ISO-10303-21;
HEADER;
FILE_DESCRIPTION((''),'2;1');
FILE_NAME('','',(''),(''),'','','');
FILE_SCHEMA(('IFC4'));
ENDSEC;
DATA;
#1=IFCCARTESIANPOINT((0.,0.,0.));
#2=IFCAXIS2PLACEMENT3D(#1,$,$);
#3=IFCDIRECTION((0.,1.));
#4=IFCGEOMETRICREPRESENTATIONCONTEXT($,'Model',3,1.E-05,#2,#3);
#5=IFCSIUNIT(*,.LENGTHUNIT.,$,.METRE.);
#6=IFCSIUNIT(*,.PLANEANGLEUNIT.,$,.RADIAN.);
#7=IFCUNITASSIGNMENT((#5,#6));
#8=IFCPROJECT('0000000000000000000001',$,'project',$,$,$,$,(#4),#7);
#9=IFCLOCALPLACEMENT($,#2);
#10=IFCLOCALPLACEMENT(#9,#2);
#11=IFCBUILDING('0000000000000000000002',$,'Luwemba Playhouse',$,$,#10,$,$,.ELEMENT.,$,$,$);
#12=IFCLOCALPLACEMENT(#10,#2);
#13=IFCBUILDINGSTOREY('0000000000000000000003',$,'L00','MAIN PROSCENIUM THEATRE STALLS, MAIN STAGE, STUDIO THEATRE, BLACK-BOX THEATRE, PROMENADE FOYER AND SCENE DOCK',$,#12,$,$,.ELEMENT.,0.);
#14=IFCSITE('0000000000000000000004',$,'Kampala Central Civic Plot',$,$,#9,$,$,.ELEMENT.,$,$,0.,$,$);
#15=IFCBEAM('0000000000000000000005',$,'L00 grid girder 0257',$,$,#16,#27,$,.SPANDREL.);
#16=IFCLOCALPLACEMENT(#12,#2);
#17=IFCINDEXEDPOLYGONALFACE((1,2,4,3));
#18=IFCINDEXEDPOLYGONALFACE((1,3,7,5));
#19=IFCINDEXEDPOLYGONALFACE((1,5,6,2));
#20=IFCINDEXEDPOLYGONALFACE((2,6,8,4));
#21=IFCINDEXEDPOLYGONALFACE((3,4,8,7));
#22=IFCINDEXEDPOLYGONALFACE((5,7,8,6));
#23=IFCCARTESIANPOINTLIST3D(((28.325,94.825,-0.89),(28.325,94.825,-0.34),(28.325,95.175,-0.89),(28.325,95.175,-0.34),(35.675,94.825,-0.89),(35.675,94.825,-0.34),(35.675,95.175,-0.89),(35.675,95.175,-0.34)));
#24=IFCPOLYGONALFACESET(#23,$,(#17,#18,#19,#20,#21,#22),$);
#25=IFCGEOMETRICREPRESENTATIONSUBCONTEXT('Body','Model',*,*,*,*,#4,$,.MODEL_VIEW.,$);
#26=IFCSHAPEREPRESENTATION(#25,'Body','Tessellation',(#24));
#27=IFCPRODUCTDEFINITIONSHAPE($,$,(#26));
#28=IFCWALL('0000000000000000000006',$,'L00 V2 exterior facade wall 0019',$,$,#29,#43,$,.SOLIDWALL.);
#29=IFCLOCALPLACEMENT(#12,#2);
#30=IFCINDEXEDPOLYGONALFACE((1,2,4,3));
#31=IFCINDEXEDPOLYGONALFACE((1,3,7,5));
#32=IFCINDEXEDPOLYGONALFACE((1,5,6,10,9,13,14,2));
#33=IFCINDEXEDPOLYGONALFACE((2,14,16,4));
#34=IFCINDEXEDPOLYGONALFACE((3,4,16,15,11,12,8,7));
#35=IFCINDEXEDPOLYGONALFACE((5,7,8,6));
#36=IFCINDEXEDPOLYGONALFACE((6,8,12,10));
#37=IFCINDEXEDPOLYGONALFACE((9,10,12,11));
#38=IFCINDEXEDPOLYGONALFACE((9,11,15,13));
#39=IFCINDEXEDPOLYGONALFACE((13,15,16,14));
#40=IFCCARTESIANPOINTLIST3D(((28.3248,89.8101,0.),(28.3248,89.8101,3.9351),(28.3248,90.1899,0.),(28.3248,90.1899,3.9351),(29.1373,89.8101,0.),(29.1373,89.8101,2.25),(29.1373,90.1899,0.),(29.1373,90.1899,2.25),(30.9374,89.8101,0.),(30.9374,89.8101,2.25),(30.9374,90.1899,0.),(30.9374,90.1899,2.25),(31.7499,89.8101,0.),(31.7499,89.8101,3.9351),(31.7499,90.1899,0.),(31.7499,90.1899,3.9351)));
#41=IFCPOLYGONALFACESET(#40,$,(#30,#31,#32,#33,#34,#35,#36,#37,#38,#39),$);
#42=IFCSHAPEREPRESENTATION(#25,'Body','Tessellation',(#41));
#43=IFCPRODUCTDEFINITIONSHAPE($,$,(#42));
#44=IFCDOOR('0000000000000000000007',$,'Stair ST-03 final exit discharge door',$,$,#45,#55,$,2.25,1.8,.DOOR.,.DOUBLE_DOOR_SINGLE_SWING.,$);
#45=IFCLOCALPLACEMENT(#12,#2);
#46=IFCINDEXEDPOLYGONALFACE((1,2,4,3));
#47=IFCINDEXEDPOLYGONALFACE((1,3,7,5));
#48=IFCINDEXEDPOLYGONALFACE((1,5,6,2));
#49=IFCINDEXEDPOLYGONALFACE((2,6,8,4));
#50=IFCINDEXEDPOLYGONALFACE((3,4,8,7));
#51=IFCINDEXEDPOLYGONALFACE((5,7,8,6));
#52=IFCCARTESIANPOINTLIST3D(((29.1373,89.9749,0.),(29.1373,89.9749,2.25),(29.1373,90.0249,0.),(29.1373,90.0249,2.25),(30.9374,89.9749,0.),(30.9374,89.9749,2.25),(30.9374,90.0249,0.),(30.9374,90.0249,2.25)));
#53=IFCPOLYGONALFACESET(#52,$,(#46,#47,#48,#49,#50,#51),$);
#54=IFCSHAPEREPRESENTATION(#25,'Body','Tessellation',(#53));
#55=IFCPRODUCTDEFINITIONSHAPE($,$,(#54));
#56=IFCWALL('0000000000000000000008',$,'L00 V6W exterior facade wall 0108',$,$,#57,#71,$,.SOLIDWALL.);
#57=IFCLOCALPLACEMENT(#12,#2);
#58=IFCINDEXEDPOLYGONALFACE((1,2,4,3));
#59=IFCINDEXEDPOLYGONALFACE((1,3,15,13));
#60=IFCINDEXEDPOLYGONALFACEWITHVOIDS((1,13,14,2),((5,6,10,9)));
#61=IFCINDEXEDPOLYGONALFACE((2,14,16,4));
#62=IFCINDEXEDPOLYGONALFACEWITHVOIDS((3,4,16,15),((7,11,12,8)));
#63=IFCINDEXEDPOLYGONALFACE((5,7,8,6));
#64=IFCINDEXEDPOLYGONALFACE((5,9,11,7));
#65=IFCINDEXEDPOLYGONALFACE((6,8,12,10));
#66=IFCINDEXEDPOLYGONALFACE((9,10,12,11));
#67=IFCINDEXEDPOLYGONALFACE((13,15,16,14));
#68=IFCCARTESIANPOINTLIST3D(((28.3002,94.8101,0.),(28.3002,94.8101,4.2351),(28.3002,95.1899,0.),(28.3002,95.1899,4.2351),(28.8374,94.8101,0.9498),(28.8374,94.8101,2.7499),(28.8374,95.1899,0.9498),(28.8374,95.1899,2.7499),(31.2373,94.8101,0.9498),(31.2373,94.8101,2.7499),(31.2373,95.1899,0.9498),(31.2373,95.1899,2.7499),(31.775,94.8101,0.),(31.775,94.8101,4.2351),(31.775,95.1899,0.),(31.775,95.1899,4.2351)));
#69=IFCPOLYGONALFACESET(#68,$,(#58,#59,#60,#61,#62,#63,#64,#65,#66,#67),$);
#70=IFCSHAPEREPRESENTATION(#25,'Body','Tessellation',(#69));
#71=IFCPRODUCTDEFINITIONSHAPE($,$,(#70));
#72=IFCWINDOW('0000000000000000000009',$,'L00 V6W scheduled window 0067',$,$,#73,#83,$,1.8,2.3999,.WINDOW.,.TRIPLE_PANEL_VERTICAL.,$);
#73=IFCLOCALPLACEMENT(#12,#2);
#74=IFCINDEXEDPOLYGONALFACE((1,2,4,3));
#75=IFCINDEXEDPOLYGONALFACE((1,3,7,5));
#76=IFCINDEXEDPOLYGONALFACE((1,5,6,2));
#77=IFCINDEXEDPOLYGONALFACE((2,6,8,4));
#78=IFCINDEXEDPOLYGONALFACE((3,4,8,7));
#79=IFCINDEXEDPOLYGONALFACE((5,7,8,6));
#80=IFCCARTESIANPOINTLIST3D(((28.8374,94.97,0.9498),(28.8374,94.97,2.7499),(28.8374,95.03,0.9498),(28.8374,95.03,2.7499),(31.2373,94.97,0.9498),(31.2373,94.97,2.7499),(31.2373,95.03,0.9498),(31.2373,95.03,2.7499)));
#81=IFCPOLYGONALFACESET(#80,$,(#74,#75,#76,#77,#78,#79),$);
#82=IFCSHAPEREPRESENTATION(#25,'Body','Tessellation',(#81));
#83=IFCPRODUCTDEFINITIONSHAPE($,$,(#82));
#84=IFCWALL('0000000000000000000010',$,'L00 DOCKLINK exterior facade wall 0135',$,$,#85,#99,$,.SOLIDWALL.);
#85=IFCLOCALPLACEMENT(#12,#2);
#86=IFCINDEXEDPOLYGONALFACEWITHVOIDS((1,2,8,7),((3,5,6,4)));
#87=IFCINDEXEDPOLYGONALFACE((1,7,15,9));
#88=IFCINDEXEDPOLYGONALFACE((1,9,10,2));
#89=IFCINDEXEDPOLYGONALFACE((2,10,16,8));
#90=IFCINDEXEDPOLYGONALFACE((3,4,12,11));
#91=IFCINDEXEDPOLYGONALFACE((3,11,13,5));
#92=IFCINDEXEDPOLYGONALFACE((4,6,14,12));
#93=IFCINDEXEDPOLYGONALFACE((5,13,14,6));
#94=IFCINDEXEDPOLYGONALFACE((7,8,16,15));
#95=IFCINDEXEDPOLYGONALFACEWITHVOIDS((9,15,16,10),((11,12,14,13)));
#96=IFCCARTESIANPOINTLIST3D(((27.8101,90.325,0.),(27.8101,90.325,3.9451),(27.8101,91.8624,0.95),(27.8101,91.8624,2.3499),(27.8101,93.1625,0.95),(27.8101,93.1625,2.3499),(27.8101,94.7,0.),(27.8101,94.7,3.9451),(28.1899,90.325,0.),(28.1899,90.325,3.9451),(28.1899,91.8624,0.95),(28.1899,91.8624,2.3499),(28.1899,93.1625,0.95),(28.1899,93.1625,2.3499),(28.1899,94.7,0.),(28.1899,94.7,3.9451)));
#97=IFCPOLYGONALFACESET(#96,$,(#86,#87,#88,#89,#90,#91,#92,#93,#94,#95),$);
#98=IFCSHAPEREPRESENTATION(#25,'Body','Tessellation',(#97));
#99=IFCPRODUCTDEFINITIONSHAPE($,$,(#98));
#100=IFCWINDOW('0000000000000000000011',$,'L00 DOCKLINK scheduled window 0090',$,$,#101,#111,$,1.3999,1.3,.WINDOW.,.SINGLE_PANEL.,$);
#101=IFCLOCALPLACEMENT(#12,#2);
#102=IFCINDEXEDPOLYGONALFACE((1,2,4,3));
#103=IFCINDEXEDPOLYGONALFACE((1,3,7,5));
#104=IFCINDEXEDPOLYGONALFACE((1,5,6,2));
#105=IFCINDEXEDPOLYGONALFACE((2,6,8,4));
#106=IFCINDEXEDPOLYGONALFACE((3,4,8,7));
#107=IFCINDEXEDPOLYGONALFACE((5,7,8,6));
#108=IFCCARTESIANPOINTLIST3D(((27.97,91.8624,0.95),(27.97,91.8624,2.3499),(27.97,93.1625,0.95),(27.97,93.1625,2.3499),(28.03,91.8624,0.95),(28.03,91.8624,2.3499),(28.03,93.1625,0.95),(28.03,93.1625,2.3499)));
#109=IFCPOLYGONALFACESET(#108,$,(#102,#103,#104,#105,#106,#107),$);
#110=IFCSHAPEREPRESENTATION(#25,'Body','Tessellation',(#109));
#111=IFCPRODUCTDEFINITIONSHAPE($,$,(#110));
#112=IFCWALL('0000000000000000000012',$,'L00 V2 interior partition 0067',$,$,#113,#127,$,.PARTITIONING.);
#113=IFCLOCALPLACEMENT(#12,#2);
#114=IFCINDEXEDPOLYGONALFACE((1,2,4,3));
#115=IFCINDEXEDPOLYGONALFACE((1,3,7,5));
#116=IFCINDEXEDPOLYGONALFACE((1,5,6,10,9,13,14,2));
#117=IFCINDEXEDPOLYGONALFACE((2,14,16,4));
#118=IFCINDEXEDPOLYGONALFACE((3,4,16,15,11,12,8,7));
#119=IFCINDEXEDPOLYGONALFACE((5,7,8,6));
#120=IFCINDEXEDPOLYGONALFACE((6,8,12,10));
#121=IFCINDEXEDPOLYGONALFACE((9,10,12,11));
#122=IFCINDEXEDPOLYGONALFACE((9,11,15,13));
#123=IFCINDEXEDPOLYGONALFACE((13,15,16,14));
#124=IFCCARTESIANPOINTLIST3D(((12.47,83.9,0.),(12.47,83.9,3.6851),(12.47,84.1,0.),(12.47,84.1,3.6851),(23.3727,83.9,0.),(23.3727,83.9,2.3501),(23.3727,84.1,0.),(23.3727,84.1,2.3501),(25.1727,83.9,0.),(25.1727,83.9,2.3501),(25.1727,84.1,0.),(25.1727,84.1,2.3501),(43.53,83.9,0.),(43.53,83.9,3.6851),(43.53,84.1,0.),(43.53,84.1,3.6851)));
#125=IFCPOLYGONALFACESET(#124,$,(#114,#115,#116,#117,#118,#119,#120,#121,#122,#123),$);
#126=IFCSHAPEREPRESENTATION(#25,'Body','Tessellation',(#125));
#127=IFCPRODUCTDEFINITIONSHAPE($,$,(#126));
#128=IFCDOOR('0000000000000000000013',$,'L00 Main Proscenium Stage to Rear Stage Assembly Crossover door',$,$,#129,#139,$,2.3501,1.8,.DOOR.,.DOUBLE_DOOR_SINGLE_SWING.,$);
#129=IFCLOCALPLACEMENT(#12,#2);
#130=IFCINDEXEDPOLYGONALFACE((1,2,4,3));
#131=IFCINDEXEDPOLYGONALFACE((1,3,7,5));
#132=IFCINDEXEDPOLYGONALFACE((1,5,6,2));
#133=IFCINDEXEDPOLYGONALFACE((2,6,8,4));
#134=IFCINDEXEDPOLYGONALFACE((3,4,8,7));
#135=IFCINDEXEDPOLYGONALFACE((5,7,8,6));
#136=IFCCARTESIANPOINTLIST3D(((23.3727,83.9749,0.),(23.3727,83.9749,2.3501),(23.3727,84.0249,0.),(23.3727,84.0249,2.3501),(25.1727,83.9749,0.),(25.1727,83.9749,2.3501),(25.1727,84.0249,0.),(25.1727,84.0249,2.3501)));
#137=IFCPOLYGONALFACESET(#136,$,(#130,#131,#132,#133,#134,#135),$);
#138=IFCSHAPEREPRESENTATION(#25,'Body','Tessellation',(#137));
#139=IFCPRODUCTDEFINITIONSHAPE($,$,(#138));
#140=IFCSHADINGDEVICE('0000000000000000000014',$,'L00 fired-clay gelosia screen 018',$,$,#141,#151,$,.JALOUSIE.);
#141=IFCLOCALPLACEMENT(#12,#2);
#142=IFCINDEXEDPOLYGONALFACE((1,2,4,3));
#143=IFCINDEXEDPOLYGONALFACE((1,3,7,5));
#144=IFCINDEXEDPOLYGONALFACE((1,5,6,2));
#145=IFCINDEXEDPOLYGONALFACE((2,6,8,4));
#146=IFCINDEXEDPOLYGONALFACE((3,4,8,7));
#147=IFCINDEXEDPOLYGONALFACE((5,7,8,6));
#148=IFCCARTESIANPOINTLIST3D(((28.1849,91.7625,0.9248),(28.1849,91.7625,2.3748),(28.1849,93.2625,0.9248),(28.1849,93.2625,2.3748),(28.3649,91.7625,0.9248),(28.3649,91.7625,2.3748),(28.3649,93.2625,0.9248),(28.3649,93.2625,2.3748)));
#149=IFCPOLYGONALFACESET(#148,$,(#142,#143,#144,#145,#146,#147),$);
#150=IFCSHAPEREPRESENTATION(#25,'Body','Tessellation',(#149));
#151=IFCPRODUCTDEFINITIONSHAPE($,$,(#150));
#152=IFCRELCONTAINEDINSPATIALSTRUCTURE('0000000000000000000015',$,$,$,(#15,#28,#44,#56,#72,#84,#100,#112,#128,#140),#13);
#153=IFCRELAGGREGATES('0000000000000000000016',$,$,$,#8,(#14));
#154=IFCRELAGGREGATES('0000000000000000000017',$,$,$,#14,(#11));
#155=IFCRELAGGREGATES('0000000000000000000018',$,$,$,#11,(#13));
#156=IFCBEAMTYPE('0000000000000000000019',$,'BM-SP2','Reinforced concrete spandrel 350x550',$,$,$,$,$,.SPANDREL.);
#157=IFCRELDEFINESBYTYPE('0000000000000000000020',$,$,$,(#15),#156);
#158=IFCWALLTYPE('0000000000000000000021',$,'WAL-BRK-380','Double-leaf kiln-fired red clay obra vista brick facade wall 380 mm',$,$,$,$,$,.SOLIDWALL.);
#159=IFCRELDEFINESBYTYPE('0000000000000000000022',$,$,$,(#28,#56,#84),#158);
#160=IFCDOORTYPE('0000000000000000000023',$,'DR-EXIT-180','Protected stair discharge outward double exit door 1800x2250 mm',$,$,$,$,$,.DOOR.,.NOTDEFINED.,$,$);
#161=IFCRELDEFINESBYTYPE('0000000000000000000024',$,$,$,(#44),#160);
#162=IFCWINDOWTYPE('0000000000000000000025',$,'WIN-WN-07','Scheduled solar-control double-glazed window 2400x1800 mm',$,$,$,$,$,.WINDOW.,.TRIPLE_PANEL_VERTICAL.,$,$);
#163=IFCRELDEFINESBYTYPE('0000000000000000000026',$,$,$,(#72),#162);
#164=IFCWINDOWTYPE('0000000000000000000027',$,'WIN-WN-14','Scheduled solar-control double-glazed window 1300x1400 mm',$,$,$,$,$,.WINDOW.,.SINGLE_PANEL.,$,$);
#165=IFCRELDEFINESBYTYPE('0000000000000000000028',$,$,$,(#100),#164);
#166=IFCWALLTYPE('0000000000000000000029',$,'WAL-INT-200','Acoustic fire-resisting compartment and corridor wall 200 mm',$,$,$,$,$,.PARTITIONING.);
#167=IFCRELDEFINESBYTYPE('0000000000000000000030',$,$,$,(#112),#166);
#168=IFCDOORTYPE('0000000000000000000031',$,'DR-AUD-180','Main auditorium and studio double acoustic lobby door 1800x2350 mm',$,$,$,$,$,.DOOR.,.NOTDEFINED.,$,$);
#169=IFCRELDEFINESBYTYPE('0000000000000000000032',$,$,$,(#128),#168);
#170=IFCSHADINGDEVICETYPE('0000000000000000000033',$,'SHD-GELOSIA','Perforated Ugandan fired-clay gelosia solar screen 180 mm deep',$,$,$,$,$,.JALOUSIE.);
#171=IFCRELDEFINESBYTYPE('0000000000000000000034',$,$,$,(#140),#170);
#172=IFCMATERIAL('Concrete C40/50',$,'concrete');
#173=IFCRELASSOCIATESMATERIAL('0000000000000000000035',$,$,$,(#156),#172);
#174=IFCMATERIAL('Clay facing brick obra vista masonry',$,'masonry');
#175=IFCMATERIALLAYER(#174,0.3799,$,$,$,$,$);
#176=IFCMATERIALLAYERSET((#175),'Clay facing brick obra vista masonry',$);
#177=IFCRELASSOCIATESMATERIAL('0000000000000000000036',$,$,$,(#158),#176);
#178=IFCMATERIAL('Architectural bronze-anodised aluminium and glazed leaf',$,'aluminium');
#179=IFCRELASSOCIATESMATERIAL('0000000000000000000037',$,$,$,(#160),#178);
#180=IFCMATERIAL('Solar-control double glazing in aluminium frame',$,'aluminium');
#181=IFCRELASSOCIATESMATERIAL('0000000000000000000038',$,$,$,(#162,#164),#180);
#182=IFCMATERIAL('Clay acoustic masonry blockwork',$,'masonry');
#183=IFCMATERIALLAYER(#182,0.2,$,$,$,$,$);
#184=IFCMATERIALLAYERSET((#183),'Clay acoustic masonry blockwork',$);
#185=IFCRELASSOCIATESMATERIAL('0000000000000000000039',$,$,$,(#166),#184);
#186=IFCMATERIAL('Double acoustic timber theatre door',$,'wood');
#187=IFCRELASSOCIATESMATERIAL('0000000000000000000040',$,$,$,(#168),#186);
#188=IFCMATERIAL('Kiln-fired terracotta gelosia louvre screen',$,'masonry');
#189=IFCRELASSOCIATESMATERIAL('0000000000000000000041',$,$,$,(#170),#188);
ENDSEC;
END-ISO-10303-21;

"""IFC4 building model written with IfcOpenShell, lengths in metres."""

from ifc_helpers import new_model, si_unit, direction, frame, frame_2d, origin, origin_2d, place, context, subcontext, project, spatial, rectangle, extrude, material, layer, layer_set, material_profile, profile_set, type_object, element, fill, save


model = new_model("IFC4")

# Units and contexts
model_context = context("Model", 3, precision=1e-05, world=origin(), true_north=direction((0.0, 1.0)))
body_context = subcontext(model_context, "Body", "Model", "MODEL_VIEW")
ifc_project = project(units=[si_unit("LENGTHUNIT", "METRE"), si_unit("PLANEANGLEUNIT", "RADIAN")], contexts=[model_context])

# Site, building, storey
site_placement = place(None, origin())
site = spatial("IfcSite", under=ifc_project, at=site_placement, Name="Kampala Central Civic Plot", CompositionType="ELEMENT", RefElevation=0.0)
building_placement = place(site_placement, origin())
building = spatial("IfcBuilding", under=site, at=building_placement, Name="Luwemba Playhouse", CompositionType="ELEMENT")
storey_placement = place(building_placement, origin())
storey = spatial("IfcBuildingStorey", under=building, at=storey_placement, Name="L00", Description="MAIN PROSCENIUM THEATRE STALLS, MAIN STAGE, STUDIO THEATRE, BLACK-BOX THEATRE, PROMENADE FOYER AND SCENE DOCK", CompositionType="ELEMENT", Elevation=0.0)

# Shared definitions
ifc_material_1 = material(Name="Concrete C40/50", Category="concrete")

# Beam
ifc_material_profile_1 = material_profile(ifc_material_1, rectangle(XDim=0.3501, YDim=0.55, at=origin_2d()))
ifc_profile_set_1 = profile_set([ifc_material_profile_1], Name="Concrete C40/50")
beam_type_1 = type_object("IfcBeamType", Name="BM-SP2", Description="Reinforced concrete spandrel 350x550", PredefinedType="SPANDREL", material=ifc_profile_set_1)
beam_1_placement = place(storey_placement, frame((28.325, 95.0, -0.615), z_axis=(1.0, 0.0, 0.0), x_axis=(0.0, 1.0, 0.0)))
element("IfcBeam", 1, at=beam_1_placement, inside=storey, type_object=beam_type_1, Name="L00 grid girder 0257", PredefinedType="SPANDREL", context=body_context, shape_type="SweptSolid", body=[
    extrude(rectangle(XDim=0.3501, YDim=0.55, at=origin_2d()), origin(), (0.0, 0.0, 1.0), 7.3501),
])

# Wall, opening, door
ifc_material_2 = material(Name="Clay facing brick obra vista masonry", Category="masonry")
ifc_layer_1 = layer(ifc_material_2, 0.3799)
ifc_layer_set_1 = layer_set([ifc_layer_1], Name="Clay facing brick obra vista masonry")
wall_type_1 = type_object("IfcWallType", Name="WAL-BRK-380", Description="Double-leaf kiln-fired red clay obra vista brick facade wall 380 mm", PredefinedType="SOLIDWALL", material=ifc_layer_set_1)
wall_1_placement = place(storey_placement, frame((28.325, 90.0, 0.0), z_axis=(0.0, 0.0, 1.0), x_axis=(1.0, 0.0, 0.0)))
wall_1 = element("IfcWall", 2, at=wall_1_placement, inside=storey, type_object=wall_type_1, Name="L00 V2 exterior facade wall 0019", PredefinedType="SOLIDWALL", context=body_context, shape_type="SweptSolid", body=[
    extrude(rectangle(XDim=3.425, YDim=0.3799, at=frame_2d((1.7124, 0.0))), origin(), (0.0, 0.0, 1.0), 3.9351),
])
opening_1_placement = place(wall_1_placement, frame((0.8125, 0.0, 0.0)))
opening_1 = element("IfcOpeningElement", 3, at=opening_1_placement, cuts=wall_1, PredefinedType="OPENING", context=body_context, shape_type="SweptSolid", body=[
    extrude(rectangle(XDim=1.8, YDim=2.25, at=frame_2d((0.8999, 1.125))), frame((0.0, 0.2, 0.0), z_axis=(0.0, -1.0, 0.0), x_axis=(1.0, 0.0, 0.0)), (0.0, 0.0, 1.0), 0.3999),
])
ifc_material_3 = material(Name="Architectural bronze-anodised aluminium and glazed leaf", Category="aluminium")
door_type_1 = type_object("IfcDoorType", Name="DR-EXIT-180", Description="Protected stair discharge outward double exit door 1800x2250 mm", OperationType="NOTDEFINED", PredefinedType="DOOR", material=ifc_material_3)
door_1_placement = place(opening_1_placement, origin())
door_1 = element("IfcDoor", 4, at=door_1_placement, inside=storey, type_object=door_type_1, Name="Stair ST-03 final exit discharge door", OperationType="DOUBLE_DOOR_SINGLE_SWING", OverallHeight=2.25, OverallWidth=1.8, PredefinedType="DOOR", context=body_context, shape_type="SweptSolid", body=[
    extrude(rectangle(XDim=1.8, YDim=2.25, at=frame_2d((0.8999, 1.125))), frame((0.0, 0.0249, 0.0), z_axis=(0.0, -1.0, 0.0), x_axis=(1.0, 0.0, 0.0)), (0.0, 0.0, 1.0), 0.05),
])
fill(opening_1, door_1)

# Walls, openings, windows
wall_2_placement = place(storey_placement, frame((31.7749, 95.0, 0.0), z_axis=(0.0, 0.0, 1.0), x_axis=(-1.0, 0.0, 0.0)))
wall_2 = element("IfcWall", 5, at=wall_2_placement, inside=storey, type_object=wall_type_1, Name="L00 V6W exterior facade wall 0108", PredefinedType="SOLIDWALL", context=body_context, shape_type="SweptSolid", body=[
    extrude(rectangle(XDim=3.4749, YDim=0.3799, at=frame_2d((1.7373, 0.0))), origin(), (0.0, 0.0, 1.0), 4.2351),
])
opening_2_placement = place(wall_2_placement, frame((0.5376, 0.0, 0.95)))
opening_2 = element("IfcOpeningElement", 6, at=opening_2_placement, cuts=wall_2, PredefinedType="OPENING", context=body_context, shape_type="SweptSolid", body=[
    extrude(rectangle(XDim=2.3999, YDim=1.8, at=frame_2d((1.2, 0.8999))), frame((0.0, 0.2, 0.0), z_axis=(0.0, -1.0, 0.0), x_axis=(1.0, 0.0, 0.0)), (0.0, 0.0, 1.0), 0.3999),
])
ifc_material_4 = material(Name="Solar-control double glazing in aluminium frame", Category="aluminium")
window_type_1 = type_object("IfcWindowType", Name="WIN-WN-07", Description="Scheduled solar-control double-glazed window 2400x1800 mm", PartitioningType="TRIPLE_PANEL_VERTICAL", PredefinedType="WINDOW", material=ifc_material_4)
window_1_placement = place(opening_2_placement, origin())
window_1 = element("IfcWindow", 7, at=window_1_placement, inside=storey, type_object=window_type_1, Name="L00 V6W scheduled window 0067", OverallHeight=1.8, OverallWidth=2.3999, PartitioningType="TRIPLE_PANEL_VERTICAL", PredefinedType="WINDOW", context=body_context, shape_type="SweptSolid", body=[
    extrude(rectangle(XDim=2.3999, YDim=1.8, at=frame_2d((1.2, 0.8999))), frame((0.0, 0.03, 0.0), z_axis=(0.0, -1.0, 0.0), x_axis=(1.0, 0.0, 0.0)), (0.0, 0.0, 1.0), 0.0601),
])
fill(opening_2, window_1)
wall_3_placement = place(storey_placement, frame((28.0, 94.7, 0.0), z_axis=(0.0, 0.0, 1.0), x_axis=(0.0, -1.0, 0.0)))
wall_3 = element("IfcWall", 8, at=wall_3_placement, inside=storey, type_object=wall_type_1, Name="L00 DOCKLINK exterior facade wall 0135", PredefinedType="SOLIDWALL", context=body_context, shape_type="SweptSolid", body=[
    extrude(rectangle(XDim=4.375, YDim=0.3799, at=frame_2d((2.1875, 0.0))), origin(), (0.0, 0.0, 1.0), 3.9451),
])
opening_3_placement = place(wall_3_placement, frame((1.5376, 0.0, 0.95)))
opening_3 = element("IfcOpeningElement", 9, at=opening_3_placement, cuts=wall_3, PredefinedType="OPENING", context=body_context, shape_type="SweptSolid", body=[
    extrude(rectangle(XDim=1.3, YDim=1.3999, at=frame_2d((0.6499, 0.7))), frame((0.0, 0.2, 0.0), z_axis=(0.0, -1.0, 0.0), x_axis=(1.0, 0.0, 0.0)), (0.0, 0.0, 1.0), 0.3999),
])
window_type_2 = type_object("IfcWindowType", Name="WIN-WN-14", Description="Scheduled solar-control double-glazed window 1300x1400 mm", PartitioningType="SINGLE_PANEL", PredefinedType="WINDOW", material=ifc_material_4)
window_2_placement = place(opening_3_placement, origin())
window_2 = element("IfcWindow", 10, at=window_2_placement, inside=storey, type_object=window_type_2, Name="L00 DOCKLINK scheduled window 0090", OverallHeight=1.3999, OverallWidth=1.3, PartitioningType="SINGLE_PANEL", PredefinedType="WINDOW", context=body_context, shape_type="SweptSolid", body=[
    extrude(rectangle(XDim=1.3, YDim=1.3999, at=frame_2d((0.6499, 0.7))), frame((0.0, 0.03, 0.0), z_axis=(0.0, -1.0, 0.0), x_axis=(1.0, 0.0, 0.0)), (0.0, 0.0, 1.0), 0.0601),
])
fill(opening_3, window_2)

# Wall, opening, door
ifc_material_5 = material(Name="Clay acoustic masonry blockwork", Category="masonry")
ifc_layer_2 = layer(ifc_material_5, 0.2)
ifc_layer_set_2 = layer_set([ifc_layer_2], Name="Clay acoustic masonry blockwork")
wall_type_2 = type_object("IfcWallType", Name="WAL-INT-200", Description="Acoustic fire-resisting compartment and corridor wall 200 mm", PredefinedType="PARTITIONING", material=ifc_layer_set_2)
wall_4_placement = place(storey_placement, frame((12.47, 84.0, 0.0), z_axis=(0.0, 0.0, 1.0), x_axis=(1.0, 0.0, 0.0)))
wall_4 = element("IfcWall", 11, at=wall_4_placement, inside=storey, type_object=wall_type_2, Name="L00 V2 interior partition 0067", PredefinedType="PARTITIONING", context=body_context, shape_type="SweptSolid", body=[
    extrude(rectangle(XDim=31.0601, YDim=0.2, at=frame_2d((15.53, 0.0))), origin(), (0.0, 0.0, 1.0), 3.6851),
])
opening_4_placement = place(wall_4_placement, frame((10.9028, 0.0, 0.0)))
opening_4 = element("IfcOpeningElement", 12, at=opening_4_placement, cuts=wall_4, PredefinedType="OPENING", context=body_context, shape_type="SweptSolid", body=[
    extrude(rectangle(XDim=1.8, YDim=2.3501, at=frame_2d((0.8999, 1.175))), frame((0.0, 0.1099, 0.0), z_axis=(0.0, -1.0, 0.0), x_axis=(1.0, 0.0, 0.0)), (0.0, 0.0, 1.0), 0.22),
])
ifc_material_6 = material(Name="Double acoustic timber theatre door", Category="wood")
door_type_2 = type_object("IfcDoorType", Name="DR-AUD-180", Description="Main auditorium and studio double acoustic lobby door 1800x2350 mm", OperationType="NOTDEFINED", PredefinedType="DOOR", material=ifc_material_6)
door_2_placement = place(opening_4_placement, origin())
door_2 = element("IfcDoor", 13, at=door_2_placement, inside=storey, type_object=door_type_2, Name="L00 Main Proscenium Stage to Rear Stage Assembly Crossover door", OperationType="DOUBLE_DOOR_SINGLE_SWING", OverallHeight=2.3501, OverallWidth=1.8, PredefinedType="DOOR", context=body_context, shape_type="SweptSolid", body=[
    extrude(rectangle(XDim=1.8, YDim=2.3501, at=frame_2d((0.8999, 1.175))), frame((0.0, 0.0249, 0.0), z_axis=(0.0, -1.0, 0.0), x_axis=(1.0, 0.0, 0.0)), (0.0, 0.0, 1.0), 0.05),
])
fill(opening_4, door_2)

# Shading device
ifc_material_7 = material(Name="Kiln-fired terracotta gelosia louvre screen", Category="masonry")
shading_device_type = type_object("IfcShadingDeviceType", Name="SHD-GELOSIA", Description="Perforated Ugandan fired-clay gelosia solar screen 180 mm deep", PredefinedType="JALOUSIE", material=ifc_material_7)
shading_device_placement = place(storey_placement, frame((28.2749, 92.5125, 0.9248), z_axis=(0.0, 0.0, 1.0), x_axis=(0.0, -1.0, 0.0)))
element("IfcShadingDevice", 14, at=shading_device_placement, inside=storey, type_object=shading_device_type, Name="L00 fired-clay gelosia screen 018", PredefinedType="JALOUSIE", context=body_context, shape_type="SweptSolid", body=[
    extrude(rectangle(XDim=1.5, YDim=0.1799, at=origin_2d()), origin(), (0.0, 0.0, 1.0), 1.45),
])

save(model, "model.ifc")
